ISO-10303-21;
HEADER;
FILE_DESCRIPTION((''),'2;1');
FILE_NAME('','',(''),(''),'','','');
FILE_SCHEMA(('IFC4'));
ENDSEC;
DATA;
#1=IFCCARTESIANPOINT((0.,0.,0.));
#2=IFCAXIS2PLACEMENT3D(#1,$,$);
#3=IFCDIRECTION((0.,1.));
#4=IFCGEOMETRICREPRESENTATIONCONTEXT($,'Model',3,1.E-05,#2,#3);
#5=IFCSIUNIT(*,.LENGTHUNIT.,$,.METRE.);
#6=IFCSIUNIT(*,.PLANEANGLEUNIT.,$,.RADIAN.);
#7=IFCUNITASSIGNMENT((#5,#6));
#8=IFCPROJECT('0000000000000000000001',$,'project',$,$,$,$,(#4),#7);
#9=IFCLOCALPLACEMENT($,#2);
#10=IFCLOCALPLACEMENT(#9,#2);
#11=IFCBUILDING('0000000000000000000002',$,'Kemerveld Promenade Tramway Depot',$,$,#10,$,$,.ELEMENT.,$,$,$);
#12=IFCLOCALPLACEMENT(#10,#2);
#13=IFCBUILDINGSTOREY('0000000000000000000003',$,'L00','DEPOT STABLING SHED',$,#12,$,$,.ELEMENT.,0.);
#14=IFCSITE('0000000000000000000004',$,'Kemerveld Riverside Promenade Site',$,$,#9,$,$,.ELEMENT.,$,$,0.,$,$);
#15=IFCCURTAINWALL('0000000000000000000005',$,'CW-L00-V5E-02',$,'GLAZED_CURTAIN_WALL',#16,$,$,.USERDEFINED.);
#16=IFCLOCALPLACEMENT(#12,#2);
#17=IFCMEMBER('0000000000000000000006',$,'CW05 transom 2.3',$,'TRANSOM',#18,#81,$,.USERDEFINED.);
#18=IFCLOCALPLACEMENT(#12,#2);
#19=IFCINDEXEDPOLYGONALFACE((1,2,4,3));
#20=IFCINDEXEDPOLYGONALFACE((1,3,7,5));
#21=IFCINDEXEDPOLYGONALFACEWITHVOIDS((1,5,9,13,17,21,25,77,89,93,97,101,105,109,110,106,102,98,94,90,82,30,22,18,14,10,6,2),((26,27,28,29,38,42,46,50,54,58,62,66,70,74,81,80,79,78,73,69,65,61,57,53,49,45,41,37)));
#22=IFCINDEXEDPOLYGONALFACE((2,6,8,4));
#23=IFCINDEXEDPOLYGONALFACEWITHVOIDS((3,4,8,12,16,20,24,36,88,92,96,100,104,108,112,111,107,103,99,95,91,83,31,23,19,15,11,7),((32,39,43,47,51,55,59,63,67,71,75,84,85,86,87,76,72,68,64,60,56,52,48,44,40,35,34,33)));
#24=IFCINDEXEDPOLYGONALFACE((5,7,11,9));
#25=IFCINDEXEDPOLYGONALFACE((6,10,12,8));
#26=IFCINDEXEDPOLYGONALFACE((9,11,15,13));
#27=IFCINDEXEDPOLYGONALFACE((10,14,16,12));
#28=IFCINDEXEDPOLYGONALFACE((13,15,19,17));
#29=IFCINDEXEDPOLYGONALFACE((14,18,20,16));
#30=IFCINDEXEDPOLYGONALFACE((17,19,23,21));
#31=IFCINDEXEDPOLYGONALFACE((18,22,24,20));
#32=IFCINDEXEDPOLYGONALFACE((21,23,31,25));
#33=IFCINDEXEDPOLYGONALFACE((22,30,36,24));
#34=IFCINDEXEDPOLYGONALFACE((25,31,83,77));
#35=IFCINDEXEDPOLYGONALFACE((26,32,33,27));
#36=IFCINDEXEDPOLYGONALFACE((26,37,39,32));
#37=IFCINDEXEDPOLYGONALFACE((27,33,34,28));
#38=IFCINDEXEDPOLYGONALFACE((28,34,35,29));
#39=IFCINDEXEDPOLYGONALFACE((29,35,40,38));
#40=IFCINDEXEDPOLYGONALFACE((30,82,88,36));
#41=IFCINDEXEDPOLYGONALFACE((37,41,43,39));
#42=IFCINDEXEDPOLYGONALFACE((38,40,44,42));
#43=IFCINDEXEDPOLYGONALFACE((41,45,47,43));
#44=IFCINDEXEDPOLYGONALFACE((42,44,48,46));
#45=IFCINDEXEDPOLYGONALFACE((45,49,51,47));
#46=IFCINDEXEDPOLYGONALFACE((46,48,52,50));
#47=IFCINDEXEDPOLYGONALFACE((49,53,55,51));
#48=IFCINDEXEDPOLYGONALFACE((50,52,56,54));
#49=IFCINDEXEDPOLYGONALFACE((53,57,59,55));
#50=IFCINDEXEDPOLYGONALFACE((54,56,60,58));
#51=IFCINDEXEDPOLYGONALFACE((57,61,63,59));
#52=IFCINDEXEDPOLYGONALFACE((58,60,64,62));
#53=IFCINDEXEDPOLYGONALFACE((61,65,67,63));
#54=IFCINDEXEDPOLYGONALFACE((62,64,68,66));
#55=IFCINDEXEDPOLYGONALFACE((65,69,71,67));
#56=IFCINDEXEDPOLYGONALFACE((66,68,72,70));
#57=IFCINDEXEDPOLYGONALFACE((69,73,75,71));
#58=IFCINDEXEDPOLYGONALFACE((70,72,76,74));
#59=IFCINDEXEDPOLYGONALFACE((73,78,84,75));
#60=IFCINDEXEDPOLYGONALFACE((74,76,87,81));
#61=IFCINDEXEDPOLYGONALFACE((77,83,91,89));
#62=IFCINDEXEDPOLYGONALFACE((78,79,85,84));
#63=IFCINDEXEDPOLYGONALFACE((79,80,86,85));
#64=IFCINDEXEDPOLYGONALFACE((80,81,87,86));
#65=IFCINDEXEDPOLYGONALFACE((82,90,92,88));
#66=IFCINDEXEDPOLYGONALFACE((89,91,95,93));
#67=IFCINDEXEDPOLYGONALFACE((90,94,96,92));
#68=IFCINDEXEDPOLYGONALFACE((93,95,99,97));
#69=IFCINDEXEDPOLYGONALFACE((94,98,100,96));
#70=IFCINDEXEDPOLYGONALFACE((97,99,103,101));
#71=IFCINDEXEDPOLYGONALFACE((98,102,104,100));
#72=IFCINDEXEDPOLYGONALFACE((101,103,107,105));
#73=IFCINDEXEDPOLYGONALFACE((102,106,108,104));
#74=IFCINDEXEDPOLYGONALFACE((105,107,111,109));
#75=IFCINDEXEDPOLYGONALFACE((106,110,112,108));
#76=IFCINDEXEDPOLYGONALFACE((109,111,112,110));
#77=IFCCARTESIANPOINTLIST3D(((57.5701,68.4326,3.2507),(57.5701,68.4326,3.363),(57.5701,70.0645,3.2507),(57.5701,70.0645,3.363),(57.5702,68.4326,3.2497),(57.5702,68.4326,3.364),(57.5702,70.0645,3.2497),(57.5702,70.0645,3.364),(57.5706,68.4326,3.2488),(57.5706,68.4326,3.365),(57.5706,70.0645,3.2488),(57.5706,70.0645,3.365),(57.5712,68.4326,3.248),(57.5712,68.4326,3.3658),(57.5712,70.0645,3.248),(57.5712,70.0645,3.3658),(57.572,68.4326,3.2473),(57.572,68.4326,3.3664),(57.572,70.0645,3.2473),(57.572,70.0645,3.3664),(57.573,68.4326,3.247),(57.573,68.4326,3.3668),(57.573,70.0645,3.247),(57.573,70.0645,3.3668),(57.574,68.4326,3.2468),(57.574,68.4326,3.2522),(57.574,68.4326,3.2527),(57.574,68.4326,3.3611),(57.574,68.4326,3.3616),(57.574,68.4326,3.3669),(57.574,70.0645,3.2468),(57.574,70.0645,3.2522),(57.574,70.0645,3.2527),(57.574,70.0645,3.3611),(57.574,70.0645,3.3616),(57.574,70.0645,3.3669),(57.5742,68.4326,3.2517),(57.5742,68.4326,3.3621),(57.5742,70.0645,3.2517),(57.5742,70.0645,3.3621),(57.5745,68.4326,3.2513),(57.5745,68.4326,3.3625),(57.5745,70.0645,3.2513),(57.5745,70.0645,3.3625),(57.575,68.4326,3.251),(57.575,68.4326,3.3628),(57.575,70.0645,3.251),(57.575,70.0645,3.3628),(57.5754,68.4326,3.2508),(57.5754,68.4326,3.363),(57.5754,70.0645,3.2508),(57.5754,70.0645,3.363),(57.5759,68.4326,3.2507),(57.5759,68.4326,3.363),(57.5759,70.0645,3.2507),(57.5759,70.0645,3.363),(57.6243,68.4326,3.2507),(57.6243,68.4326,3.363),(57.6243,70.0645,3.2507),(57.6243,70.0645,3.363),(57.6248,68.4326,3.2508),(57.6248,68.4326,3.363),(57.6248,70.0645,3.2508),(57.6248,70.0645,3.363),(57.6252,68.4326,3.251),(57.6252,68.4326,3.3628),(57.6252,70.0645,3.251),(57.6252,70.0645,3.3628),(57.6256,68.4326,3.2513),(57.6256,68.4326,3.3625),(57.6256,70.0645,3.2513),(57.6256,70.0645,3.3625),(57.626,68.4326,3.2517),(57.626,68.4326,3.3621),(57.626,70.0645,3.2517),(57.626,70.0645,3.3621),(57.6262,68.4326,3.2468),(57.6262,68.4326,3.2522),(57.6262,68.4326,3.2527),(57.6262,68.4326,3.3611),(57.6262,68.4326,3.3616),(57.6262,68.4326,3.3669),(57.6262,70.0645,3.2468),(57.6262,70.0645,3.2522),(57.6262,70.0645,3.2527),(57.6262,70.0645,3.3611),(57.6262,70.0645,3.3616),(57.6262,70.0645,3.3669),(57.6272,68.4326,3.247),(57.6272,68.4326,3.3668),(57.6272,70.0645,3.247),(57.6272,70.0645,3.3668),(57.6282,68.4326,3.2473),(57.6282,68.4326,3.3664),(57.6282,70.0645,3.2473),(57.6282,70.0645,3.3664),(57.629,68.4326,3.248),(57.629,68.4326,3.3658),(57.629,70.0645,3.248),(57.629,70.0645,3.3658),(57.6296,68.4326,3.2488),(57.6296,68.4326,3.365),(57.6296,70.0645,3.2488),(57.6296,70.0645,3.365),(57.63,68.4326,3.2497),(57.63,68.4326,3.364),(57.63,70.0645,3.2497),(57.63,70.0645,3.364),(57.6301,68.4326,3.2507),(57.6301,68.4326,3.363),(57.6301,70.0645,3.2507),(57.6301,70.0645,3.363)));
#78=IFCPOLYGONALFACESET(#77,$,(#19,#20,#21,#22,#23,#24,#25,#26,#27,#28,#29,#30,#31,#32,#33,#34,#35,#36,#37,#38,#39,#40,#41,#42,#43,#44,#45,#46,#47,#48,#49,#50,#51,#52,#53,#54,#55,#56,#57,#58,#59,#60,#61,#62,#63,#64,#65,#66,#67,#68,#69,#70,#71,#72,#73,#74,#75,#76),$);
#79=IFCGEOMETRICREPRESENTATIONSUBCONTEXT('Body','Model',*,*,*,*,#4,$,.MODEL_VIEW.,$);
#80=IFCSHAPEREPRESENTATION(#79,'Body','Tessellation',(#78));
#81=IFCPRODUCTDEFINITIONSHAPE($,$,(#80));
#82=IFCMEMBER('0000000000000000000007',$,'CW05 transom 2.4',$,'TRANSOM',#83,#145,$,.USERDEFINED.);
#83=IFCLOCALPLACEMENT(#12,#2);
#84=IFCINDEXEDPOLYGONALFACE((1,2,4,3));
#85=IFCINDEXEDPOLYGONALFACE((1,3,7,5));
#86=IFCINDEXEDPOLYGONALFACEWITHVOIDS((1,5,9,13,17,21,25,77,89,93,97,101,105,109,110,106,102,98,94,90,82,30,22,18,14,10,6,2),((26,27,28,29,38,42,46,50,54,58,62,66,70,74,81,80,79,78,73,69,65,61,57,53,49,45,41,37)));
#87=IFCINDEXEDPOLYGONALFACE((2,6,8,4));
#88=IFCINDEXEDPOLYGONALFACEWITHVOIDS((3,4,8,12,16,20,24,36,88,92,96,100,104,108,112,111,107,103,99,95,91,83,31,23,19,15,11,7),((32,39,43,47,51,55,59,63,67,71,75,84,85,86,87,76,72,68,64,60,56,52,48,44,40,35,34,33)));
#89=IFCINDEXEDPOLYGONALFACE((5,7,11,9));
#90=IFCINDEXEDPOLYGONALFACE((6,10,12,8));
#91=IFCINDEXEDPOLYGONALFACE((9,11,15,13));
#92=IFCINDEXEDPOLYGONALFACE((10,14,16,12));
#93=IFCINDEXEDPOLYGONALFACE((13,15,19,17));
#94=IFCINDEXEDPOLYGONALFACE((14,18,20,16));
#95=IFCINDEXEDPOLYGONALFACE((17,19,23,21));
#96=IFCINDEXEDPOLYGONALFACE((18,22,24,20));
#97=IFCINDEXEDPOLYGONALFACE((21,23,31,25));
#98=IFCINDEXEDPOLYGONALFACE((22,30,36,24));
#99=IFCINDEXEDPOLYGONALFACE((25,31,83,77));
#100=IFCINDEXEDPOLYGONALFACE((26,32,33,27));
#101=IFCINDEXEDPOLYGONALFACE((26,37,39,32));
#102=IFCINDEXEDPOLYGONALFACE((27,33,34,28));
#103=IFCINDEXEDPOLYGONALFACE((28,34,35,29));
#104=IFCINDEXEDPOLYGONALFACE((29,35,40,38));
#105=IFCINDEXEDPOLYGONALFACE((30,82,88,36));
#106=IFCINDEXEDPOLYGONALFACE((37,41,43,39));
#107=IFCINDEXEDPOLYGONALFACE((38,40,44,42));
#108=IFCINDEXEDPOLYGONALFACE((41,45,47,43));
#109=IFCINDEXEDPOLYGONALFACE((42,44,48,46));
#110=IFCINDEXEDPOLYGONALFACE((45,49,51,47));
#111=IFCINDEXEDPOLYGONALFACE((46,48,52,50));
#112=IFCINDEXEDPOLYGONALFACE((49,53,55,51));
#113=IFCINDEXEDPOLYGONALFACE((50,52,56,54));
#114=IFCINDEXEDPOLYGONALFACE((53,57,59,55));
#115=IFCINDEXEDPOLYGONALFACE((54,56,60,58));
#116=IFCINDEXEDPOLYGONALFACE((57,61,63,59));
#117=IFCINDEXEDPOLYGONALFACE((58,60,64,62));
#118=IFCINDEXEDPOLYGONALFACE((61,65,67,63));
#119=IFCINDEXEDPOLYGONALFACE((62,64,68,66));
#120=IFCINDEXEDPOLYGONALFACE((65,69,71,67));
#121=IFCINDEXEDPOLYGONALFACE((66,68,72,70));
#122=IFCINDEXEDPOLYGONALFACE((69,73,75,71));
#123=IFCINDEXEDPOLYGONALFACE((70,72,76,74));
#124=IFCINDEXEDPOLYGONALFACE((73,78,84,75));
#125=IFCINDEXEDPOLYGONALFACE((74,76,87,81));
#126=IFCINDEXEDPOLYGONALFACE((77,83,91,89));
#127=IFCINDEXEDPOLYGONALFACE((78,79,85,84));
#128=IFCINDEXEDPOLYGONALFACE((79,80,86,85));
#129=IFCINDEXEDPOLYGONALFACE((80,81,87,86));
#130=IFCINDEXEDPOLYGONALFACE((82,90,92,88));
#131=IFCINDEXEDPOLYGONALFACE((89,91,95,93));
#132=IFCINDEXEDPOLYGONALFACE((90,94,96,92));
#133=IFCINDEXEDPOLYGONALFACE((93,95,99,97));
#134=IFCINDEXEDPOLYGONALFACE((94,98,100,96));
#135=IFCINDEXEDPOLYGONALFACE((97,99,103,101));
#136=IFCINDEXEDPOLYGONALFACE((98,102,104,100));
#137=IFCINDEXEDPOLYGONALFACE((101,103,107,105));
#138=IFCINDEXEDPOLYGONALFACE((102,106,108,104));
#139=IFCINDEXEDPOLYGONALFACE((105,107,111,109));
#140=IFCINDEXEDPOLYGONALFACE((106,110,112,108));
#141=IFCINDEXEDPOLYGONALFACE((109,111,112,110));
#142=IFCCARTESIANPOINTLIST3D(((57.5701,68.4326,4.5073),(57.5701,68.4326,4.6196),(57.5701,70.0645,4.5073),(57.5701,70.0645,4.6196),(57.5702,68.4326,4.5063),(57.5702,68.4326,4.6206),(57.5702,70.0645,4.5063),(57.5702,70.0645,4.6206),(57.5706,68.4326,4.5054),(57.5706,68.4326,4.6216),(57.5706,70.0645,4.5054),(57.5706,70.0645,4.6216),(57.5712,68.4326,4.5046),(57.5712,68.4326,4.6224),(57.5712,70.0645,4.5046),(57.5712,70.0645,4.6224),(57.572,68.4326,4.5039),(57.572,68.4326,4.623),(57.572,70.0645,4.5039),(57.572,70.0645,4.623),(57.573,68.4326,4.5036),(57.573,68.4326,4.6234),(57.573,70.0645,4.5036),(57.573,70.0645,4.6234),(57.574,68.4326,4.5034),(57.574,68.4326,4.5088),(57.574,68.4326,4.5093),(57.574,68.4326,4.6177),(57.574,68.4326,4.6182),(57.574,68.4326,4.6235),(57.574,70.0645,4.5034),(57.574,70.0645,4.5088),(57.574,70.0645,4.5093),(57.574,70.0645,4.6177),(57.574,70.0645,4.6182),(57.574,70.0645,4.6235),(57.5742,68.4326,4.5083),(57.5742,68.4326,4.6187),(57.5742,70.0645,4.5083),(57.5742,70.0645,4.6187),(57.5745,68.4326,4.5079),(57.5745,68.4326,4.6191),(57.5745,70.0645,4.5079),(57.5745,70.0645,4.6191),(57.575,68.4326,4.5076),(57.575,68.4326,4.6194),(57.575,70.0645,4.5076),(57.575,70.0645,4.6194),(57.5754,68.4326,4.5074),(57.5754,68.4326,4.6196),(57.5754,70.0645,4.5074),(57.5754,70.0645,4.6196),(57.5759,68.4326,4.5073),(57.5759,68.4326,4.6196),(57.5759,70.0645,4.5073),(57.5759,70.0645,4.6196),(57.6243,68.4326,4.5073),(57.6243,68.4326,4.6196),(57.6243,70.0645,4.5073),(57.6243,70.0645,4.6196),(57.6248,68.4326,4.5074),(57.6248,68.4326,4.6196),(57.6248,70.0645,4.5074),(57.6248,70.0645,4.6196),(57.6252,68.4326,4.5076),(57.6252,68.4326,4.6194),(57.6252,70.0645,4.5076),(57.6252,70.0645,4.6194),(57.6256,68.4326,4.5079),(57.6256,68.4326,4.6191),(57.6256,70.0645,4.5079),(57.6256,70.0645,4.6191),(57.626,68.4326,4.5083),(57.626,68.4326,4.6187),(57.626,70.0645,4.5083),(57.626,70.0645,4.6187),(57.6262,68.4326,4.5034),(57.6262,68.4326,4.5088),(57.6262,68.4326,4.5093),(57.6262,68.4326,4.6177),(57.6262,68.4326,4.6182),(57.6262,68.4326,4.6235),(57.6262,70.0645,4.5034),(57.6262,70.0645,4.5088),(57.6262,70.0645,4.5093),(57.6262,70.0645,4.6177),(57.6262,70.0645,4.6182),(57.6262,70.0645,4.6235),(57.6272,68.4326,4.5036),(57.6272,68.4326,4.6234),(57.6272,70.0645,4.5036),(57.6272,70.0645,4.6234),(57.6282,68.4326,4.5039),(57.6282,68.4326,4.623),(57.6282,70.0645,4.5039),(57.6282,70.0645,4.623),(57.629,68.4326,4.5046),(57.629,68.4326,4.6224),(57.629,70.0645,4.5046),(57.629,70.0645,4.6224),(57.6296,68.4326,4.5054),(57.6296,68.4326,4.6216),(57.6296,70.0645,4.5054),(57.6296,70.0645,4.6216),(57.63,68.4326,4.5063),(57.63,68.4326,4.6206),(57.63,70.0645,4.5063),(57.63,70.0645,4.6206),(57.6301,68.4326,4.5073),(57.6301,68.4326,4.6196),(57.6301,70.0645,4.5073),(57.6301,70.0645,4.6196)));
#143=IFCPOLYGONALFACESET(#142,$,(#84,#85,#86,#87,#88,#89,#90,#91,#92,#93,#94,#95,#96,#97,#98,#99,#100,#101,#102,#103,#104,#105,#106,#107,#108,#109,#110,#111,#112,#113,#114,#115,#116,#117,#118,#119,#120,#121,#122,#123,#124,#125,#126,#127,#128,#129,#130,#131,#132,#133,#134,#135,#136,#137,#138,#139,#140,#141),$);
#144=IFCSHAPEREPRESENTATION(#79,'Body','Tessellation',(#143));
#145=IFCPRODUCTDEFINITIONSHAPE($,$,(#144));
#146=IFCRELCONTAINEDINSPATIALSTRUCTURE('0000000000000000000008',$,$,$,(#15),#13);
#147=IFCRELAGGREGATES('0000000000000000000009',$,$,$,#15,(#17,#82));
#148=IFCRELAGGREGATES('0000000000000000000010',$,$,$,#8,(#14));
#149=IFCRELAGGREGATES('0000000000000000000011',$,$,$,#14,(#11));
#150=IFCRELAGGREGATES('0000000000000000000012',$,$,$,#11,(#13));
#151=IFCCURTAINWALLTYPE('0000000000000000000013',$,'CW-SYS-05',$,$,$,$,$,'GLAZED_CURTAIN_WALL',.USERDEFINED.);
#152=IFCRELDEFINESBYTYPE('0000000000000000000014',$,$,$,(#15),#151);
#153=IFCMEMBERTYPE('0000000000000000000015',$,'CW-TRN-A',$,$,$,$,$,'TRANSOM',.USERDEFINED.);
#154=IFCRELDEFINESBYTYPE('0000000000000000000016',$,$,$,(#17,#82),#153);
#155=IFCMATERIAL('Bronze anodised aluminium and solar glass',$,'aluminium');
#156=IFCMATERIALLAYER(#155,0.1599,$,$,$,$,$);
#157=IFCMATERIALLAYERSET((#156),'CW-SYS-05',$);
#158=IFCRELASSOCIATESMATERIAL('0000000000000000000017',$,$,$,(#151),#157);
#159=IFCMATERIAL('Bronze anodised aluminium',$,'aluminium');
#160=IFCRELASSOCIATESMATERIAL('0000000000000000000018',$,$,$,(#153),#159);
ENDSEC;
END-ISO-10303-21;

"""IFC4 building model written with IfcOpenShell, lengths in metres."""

from ifc_helpers import new_model, si_unit, direction, frame, origin, origin_2d, place, context, subcontext, project, spatial, hollow_rectangle, extrude, material, layer, layer_set, material_profile, profile_set, type_object, element, aggregate, save


model = new_model("IFC4")

# Units and contexts
model_context = context("Model", 3, precision=1e-05, world=origin(), true_north=direction((0.0, 1.0)))
body_context = subcontext(model_context, "Body", "Model", "MODEL_VIEW")
ifc_project = project(units=[si_unit("LENGTHUNIT", "METRE"), si_unit("PLANEANGLEUNIT", "RADIAN")], contexts=[model_context])

# Site, building, storey
site_placement = place(None, origin())
site = spatial("IfcSite", under=ifc_project, at=site_placement, Name="Kemerveld Riverside Promenade Site", CompositionType="ELEMENT", RefElevation=0.0)
building_placement = place(site_placement, origin())
building = spatial("IfcBuilding", under=site, at=building_placement, Name="Kemerveld Promenade Tramway Depot", CompositionType="ELEMENT")
storey_placement = place(building_placement, origin())
storey = spatial("IfcBuildingStorey", under=building, at=storey_placement, Name="L00", Description="DEPOT STABLING SHED", CompositionType="ELEMENT", Elevation=0.0)

# Curtain wall, members
ifc_material_1 = material(Name="Bronze anodised aluminium and solar glass", Category="aluminium")
ifc_layer_1 = layer(ifc_material_1, 0.1599)
ifc_layer_set_1 = layer_set([ifc_layer_1], Name="CW-SYS-05")
curtain_wall_type = type_object("IfcCurtainWallType", Name="CW-SYS-05", ElementType="GLAZED_CURTAIN_WALL", PredefinedType="USERDEFINED", material=ifc_layer_set_1)
curtain_wall_placement = place(storey_placement, origin())
curtain_wall = element("IfcCurtainWall", 1, at=curtain_wall_placement, inside=storey, type_object=curtain_wall_type, Name="CW-L00-V5E-02", ObjectType="GLAZED_CURTAIN_WALL", PredefinedType="USERDEFINED")
ifc_material_2 = material(Name="Bronze anodised aluminium", Category="aluminium")
ifc_material_profile_1 = material_profile(ifc_material_2, hollow_rectangle(XDim=0.0601, YDim=0.1201, WallThickness=0.0039, InnerFilletRadius=0.002, OuterFilletRadius=0.0039, at=origin_2d()), Name="CW-TRN-120x60")
ifc_profile_set_1 = profile_set([ifc_material_profile_1], Name="Bronze anodised aluminium")
member_type_1 = type_object("IfcMemberType", Name="CW-TRN-A", ElementType="TRANSOM", PredefinedType="USERDEFINED", material=ifc_profile_set_1)
member_1_placement = place(storey_placement, frame((57.6001, 70.0645, 3.3069), z_axis=(0.0, -1.0, 0.0), x_axis=(1.0, 0.0, 0.0)))
member_1 = element("IfcMember", 2, at=member_1_placement, type_object=member_type_1, Name="CW05 transom 2.3", ObjectType="TRANSOM", PredefinedType="USERDEFINED", context=body_context, shape_type="SweptSolid", body=[
    extrude(hollow_rectangle(XDim=0.0601, YDim=0.1201, WallThickness=0.0039, InnerFilletRadius=0.002, OuterFilletRadius=0.0039, at=origin_2d()), origin(), (0.0, 0.0, 1.0), 1.6318),
])
member_2_placement = place(storey_placement, frame((57.6001, 70.0645, 4.5635), z_axis=(0.0, -1.0, 0.0), x_axis=(1.0, 0.0, 0.0)))
member_2 = element("IfcMember", 3, at=member_2_placement, type_object=member_type_1, Name="CW05 transom 2.4", ObjectType="TRANSOM", PredefinedType="USERDEFINED", context=body_context, shape_type="SweptSolid", body=[
    extrude(hollow_rectangle(XDim=0.0601, YDim=0.1201, WallThickness=0.0039, InnerFilletRadius=0.002, OuterFilletRadius=0.0039, at=origin_2d()), origin(), (0.0, 0.0, 1.0), 1.6318),
])
aggregate(curtain_wall, [member_1, member_2])

save(model, "model.ifc")
